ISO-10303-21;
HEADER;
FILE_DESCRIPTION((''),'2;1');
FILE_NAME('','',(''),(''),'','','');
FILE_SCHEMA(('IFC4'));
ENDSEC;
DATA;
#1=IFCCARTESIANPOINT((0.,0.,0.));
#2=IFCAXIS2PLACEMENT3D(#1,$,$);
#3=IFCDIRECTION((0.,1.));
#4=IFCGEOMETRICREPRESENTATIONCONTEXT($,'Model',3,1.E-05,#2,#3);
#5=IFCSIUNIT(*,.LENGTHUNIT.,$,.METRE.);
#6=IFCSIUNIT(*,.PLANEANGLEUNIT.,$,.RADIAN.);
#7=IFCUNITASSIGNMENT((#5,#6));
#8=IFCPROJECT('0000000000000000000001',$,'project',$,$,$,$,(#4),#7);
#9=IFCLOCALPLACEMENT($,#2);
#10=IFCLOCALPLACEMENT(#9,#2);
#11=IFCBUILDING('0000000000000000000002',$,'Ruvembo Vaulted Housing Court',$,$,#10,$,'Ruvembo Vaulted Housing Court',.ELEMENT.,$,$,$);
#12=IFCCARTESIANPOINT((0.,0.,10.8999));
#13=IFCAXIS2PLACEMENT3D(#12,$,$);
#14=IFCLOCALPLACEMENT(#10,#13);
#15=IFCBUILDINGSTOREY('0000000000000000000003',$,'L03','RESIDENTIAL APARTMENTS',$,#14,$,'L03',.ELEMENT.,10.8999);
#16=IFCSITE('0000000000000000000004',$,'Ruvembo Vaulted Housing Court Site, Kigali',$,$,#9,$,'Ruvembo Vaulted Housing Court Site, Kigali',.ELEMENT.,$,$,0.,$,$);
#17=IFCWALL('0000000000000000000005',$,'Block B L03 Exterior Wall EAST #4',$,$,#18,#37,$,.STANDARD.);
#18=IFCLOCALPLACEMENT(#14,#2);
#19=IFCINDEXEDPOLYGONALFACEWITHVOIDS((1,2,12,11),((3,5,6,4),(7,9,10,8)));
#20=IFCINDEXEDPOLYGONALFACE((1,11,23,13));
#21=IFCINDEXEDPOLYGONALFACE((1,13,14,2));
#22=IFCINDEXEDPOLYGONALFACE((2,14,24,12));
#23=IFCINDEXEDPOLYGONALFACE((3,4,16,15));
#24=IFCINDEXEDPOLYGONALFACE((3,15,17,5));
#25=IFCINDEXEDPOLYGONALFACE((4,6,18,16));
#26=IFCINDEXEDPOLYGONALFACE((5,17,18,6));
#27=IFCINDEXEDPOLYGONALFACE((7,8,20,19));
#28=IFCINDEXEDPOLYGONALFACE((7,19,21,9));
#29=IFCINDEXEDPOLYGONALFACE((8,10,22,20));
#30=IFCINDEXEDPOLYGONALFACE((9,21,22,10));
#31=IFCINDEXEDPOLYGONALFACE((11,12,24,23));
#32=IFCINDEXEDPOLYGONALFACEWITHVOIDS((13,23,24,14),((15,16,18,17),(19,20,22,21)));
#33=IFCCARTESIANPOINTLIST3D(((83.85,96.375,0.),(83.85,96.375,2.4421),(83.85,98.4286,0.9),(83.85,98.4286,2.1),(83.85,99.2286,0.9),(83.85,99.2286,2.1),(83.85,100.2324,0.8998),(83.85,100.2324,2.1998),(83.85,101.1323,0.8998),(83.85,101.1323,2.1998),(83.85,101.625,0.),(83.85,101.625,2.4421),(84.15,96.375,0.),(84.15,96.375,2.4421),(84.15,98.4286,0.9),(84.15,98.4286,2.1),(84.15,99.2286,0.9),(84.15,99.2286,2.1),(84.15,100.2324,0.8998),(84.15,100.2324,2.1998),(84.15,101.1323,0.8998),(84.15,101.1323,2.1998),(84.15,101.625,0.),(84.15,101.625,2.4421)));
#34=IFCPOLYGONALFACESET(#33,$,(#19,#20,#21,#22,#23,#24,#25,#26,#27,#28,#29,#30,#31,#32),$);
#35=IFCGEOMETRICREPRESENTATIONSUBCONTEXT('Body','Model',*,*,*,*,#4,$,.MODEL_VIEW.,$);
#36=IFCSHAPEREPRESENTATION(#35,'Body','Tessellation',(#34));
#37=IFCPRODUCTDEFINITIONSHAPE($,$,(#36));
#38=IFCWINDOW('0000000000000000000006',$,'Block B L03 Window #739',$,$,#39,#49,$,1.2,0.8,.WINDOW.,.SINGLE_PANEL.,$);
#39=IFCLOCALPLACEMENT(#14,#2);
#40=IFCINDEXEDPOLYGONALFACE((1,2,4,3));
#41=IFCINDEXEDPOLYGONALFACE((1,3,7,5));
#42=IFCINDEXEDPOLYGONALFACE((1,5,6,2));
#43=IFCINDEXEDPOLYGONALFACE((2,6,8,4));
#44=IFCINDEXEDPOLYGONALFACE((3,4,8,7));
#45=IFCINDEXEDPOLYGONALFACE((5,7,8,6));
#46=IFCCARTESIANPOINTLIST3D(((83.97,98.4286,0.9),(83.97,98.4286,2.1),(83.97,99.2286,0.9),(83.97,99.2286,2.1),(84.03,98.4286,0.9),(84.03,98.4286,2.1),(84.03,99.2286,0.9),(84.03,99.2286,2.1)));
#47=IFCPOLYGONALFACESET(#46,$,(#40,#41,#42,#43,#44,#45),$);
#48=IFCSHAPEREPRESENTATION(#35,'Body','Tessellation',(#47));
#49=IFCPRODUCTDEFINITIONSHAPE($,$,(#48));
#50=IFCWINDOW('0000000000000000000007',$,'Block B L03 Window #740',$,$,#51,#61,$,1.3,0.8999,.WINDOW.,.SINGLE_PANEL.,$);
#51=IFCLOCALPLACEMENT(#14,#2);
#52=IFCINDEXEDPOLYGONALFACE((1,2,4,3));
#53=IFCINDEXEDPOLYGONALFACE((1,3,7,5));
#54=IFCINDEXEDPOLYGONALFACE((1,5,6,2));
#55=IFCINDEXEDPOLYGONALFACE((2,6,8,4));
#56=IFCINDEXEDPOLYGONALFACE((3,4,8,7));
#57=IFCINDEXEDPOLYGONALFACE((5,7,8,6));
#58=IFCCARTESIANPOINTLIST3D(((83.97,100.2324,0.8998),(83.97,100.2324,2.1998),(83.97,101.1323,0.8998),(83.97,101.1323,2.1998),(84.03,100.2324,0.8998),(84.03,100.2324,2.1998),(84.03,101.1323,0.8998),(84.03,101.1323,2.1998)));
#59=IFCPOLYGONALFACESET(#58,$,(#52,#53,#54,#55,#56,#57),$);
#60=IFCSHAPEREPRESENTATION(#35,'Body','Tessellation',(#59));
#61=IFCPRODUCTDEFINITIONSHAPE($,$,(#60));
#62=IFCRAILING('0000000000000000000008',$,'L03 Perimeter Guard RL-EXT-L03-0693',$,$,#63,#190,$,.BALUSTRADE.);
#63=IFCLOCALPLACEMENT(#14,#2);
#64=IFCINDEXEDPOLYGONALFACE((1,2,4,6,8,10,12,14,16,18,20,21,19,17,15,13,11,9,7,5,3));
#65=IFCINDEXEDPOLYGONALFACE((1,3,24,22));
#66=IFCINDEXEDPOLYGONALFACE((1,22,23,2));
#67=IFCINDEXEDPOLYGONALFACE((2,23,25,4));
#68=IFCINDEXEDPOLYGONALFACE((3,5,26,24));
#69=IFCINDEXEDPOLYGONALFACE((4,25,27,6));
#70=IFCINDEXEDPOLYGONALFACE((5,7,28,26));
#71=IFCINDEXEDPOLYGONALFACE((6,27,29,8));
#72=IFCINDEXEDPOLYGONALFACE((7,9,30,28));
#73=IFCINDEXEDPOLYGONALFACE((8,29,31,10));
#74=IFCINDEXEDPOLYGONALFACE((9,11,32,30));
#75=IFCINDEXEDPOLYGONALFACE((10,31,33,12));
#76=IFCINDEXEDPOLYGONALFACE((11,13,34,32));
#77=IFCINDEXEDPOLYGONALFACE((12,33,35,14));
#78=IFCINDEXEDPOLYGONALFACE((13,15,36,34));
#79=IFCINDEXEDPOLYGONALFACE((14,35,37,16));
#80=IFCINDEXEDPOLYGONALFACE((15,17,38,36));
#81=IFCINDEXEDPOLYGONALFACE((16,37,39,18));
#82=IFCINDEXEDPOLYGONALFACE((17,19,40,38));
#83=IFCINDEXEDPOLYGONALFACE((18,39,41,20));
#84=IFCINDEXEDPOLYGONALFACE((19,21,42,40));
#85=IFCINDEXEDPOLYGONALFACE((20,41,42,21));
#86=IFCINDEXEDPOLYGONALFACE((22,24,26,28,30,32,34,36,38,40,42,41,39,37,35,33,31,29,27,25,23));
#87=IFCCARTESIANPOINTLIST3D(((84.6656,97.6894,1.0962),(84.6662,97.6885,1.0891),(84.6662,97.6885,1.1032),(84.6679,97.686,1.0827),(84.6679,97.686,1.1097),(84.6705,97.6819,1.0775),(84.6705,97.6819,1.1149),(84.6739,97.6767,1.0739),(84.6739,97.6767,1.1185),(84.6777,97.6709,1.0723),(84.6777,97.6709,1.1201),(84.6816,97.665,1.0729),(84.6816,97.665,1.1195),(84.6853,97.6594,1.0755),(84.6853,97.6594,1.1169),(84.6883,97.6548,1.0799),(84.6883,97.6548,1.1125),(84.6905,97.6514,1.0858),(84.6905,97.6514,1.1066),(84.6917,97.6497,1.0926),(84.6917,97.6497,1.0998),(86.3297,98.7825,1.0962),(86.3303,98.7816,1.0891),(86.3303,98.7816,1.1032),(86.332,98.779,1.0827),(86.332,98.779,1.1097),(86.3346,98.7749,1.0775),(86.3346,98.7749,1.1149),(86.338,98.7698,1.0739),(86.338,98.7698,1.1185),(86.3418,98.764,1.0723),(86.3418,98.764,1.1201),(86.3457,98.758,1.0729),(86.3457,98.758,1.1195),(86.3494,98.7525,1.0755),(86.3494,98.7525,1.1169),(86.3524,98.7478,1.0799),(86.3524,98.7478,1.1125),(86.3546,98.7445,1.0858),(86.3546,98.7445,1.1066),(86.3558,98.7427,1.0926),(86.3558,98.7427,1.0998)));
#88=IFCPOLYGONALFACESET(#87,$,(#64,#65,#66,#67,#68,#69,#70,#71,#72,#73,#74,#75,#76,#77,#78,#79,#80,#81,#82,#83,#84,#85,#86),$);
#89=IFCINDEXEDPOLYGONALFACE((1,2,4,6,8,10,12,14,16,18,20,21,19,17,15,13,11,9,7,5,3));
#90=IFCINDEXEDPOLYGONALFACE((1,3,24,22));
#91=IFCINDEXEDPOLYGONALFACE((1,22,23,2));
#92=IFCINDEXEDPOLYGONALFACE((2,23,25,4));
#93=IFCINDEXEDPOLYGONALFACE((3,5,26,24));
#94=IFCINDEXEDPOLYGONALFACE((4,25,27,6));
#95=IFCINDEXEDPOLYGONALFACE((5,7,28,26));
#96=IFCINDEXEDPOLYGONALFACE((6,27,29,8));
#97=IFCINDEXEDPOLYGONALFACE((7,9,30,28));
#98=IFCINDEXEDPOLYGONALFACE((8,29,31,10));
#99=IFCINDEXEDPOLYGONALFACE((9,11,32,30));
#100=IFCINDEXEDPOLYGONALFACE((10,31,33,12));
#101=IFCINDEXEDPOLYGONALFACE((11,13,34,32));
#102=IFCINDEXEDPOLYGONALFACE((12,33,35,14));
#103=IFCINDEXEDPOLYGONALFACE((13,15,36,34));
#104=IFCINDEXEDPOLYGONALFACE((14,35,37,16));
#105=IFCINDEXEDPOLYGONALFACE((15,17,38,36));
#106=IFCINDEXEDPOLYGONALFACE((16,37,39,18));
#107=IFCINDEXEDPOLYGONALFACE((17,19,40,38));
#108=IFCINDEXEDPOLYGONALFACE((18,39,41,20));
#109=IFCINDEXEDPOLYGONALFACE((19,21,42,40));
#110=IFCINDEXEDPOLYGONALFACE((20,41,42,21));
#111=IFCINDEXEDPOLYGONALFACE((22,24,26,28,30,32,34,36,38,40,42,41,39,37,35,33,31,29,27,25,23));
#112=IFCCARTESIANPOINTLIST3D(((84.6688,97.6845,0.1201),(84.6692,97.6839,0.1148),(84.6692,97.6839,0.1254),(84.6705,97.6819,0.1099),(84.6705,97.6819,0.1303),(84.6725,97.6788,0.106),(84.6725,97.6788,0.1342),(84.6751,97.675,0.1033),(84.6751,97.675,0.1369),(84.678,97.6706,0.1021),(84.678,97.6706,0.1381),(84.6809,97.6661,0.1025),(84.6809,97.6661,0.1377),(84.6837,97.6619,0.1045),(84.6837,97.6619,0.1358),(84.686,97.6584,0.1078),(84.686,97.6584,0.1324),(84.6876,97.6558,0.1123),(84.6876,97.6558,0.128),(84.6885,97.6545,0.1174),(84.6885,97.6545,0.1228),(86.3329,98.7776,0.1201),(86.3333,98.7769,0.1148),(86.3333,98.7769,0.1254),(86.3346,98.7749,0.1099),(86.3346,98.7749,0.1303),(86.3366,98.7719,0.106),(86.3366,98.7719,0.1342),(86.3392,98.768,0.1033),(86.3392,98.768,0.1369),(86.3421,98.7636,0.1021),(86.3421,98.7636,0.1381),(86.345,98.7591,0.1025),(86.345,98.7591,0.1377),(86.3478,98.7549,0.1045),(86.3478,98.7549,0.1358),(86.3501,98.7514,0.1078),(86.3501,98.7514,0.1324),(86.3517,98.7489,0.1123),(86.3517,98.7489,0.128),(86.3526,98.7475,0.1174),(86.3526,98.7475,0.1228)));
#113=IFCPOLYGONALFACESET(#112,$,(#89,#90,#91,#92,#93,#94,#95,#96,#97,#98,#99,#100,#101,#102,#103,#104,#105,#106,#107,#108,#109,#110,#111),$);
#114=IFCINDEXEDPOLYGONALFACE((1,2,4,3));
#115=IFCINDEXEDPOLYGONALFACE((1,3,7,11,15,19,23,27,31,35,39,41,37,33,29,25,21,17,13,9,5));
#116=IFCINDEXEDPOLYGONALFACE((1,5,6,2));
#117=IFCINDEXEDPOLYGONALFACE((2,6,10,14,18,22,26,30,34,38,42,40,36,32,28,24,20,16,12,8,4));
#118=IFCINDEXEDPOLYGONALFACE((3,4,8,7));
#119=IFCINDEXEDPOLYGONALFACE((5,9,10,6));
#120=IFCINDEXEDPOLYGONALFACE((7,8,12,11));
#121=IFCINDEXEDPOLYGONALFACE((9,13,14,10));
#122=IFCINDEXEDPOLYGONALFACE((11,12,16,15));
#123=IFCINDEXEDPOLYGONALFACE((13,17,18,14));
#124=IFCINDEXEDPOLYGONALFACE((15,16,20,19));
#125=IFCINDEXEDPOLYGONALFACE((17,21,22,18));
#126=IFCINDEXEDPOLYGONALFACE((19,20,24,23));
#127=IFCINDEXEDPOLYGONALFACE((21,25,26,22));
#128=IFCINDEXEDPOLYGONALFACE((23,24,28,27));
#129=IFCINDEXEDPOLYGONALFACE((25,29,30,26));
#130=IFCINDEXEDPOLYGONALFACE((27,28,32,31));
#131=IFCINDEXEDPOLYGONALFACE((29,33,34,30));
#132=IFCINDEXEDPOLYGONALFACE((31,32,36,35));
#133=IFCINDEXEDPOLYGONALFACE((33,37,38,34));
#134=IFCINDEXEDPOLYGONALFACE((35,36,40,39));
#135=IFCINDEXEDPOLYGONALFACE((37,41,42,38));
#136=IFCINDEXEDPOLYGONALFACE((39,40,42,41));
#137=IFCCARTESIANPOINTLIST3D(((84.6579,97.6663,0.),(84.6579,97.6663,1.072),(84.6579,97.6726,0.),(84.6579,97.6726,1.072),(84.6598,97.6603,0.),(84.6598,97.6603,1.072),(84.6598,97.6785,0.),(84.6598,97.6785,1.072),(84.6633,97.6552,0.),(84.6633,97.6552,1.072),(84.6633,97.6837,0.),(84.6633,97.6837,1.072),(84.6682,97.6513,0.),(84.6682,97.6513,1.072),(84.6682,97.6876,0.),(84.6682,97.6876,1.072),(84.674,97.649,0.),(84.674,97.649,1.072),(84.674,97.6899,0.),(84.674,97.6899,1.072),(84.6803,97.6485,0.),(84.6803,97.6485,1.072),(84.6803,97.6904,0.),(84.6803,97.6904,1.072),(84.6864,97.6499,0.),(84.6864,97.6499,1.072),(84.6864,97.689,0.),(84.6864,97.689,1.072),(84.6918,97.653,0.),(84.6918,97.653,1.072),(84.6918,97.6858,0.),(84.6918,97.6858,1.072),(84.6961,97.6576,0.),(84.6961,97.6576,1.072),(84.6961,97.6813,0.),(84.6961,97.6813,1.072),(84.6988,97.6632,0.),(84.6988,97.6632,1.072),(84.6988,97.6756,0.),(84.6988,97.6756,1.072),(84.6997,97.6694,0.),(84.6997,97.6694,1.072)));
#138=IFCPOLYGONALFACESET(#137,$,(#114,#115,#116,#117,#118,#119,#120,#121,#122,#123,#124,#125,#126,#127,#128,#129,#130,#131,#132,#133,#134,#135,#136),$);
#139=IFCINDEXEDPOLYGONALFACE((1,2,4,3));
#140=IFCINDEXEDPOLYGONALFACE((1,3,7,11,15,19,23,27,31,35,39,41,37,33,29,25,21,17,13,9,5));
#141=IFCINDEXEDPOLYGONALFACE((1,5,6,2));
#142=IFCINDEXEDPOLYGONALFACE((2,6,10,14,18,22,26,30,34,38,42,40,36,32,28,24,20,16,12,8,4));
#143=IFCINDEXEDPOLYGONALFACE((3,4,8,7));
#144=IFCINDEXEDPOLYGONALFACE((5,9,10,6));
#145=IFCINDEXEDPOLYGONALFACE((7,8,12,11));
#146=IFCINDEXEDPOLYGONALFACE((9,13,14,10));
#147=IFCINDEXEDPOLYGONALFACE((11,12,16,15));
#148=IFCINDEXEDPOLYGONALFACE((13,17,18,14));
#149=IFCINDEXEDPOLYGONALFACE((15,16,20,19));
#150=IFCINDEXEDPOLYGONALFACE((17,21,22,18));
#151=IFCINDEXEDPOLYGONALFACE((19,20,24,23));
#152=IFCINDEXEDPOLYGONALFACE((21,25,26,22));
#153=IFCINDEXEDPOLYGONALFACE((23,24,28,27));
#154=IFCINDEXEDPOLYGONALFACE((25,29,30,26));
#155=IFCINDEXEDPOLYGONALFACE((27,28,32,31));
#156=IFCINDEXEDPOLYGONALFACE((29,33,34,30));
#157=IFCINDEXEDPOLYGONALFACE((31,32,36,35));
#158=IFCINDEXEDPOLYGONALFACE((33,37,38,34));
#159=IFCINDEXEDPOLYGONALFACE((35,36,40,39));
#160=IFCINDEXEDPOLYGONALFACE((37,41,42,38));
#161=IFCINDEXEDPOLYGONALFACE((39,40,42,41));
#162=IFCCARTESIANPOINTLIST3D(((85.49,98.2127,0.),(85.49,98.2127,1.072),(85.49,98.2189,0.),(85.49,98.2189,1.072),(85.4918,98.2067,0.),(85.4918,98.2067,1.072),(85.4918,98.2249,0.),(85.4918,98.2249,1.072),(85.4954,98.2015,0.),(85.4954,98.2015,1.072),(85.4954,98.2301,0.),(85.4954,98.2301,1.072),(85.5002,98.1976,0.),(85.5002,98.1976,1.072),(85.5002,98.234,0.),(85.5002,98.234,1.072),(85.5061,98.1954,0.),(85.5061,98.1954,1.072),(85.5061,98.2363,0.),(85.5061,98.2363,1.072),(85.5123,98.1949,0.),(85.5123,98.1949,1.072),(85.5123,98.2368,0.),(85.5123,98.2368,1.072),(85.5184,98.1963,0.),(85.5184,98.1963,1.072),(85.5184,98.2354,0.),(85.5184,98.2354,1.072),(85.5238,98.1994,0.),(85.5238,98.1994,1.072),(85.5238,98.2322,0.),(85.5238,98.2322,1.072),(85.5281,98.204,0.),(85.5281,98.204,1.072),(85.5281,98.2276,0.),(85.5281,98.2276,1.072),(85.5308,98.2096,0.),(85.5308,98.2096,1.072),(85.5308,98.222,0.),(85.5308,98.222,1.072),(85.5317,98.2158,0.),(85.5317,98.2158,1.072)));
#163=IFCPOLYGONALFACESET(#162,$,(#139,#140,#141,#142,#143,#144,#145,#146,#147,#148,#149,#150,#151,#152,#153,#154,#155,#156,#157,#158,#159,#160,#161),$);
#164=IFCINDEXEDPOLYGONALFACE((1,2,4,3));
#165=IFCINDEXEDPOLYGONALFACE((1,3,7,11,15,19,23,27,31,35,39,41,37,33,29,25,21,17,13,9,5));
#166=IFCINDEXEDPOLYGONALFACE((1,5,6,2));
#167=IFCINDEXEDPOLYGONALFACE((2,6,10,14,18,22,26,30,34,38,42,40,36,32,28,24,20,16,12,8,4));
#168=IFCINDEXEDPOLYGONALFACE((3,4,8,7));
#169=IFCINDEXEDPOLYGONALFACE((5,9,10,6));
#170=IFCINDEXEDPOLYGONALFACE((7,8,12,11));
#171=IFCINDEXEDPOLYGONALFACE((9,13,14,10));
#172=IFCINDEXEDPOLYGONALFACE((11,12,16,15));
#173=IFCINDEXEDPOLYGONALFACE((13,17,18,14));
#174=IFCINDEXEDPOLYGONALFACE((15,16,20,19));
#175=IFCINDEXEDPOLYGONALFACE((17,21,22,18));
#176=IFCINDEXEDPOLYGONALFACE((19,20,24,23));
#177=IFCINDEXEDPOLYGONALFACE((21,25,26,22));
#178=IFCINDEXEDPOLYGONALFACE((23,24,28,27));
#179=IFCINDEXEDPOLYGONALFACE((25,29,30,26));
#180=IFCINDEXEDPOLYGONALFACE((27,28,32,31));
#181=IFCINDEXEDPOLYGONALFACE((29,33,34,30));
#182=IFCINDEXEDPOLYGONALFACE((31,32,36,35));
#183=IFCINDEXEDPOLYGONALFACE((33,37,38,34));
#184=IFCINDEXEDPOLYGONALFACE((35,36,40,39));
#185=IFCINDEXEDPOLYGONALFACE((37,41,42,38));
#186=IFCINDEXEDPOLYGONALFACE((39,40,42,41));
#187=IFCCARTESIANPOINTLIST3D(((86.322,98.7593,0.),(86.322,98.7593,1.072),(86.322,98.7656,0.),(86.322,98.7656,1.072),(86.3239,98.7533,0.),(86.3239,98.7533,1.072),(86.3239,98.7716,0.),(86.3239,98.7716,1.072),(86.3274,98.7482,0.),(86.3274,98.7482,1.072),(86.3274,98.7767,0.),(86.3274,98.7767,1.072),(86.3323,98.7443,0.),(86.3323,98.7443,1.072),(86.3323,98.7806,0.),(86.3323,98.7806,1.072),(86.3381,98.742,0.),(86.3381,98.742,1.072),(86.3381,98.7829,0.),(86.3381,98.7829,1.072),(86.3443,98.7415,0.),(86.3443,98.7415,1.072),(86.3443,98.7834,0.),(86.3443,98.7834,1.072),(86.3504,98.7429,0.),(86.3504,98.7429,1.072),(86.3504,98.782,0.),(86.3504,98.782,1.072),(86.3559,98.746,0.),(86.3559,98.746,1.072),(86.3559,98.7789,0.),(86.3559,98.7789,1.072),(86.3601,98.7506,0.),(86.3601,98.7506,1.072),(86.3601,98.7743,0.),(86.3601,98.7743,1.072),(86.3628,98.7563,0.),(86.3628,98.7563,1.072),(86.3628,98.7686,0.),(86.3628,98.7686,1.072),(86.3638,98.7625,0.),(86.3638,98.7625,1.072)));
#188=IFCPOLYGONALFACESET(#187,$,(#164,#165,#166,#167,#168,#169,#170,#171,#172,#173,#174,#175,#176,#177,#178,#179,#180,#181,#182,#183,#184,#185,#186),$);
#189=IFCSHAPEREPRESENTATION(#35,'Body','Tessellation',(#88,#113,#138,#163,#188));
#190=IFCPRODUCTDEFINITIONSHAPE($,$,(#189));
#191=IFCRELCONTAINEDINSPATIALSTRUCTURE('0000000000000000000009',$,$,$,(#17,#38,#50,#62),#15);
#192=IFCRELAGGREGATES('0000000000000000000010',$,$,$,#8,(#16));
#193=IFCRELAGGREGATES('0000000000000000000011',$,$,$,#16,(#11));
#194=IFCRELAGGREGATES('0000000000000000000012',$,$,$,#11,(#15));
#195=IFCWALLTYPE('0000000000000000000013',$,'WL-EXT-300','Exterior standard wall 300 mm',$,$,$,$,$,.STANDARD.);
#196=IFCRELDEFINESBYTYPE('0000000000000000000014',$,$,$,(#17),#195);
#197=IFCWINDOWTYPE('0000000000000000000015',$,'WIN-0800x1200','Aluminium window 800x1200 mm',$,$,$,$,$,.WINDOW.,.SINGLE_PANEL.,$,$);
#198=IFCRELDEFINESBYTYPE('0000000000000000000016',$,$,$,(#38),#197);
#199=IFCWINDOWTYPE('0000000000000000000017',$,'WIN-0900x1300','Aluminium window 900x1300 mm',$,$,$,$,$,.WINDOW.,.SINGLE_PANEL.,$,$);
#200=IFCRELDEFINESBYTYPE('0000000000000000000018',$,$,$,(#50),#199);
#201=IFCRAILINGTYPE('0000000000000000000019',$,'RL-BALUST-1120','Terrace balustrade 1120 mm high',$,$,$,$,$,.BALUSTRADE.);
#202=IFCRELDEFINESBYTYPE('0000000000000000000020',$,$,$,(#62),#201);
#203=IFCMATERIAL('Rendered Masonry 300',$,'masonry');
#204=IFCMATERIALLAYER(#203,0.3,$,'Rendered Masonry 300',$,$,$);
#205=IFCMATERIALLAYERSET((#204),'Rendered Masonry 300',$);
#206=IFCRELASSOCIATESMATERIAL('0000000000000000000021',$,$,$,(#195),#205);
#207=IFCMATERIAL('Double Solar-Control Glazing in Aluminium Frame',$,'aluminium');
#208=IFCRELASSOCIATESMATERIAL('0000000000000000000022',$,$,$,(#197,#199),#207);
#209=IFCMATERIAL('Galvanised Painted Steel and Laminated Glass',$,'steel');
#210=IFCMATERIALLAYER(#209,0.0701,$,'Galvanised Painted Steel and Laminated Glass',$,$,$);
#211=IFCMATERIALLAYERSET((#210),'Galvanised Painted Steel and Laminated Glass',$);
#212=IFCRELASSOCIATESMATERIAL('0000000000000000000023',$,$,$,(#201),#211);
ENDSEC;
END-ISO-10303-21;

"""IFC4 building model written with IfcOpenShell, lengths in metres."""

from ifc_helpers import new_model, si_unit, direction, frame, frame_2d, origin, origin_2d, place, context, subcontext, project, spatial, rectangle, circle, extrude, material, layer, layer_set, type_object, element, fill, save


model = new_model("IFC4")

# Units and contexts
model_context = context("Model", 3, precision=1e-05, world=origin(), true_north=direction((0.0, 1.0)))
body_context = subcontext(model_context, "Body", "Model", "MODEL_VIEW")
ifc_project = project(units=[si_unit("LENGTHUNIT", "METRE"), si_unit("PLANEANGLEUNIT", "RADIAN")], contexts=[model_context])

# Site, building, storey
site_placement = place(None, origin())
site = spatial("IfcSite", under=ifc_project, at=site_placement, Name="Ruvembo Vaulted Housing Court Site, Kigali", LongName="Ruvembo Vaulted Housing Court Site, Kigali", CompositionType="ELEMENT", RefElevation=0.0)
building_placement = place(site_placement, origin())
building = spatial("IfcBuilding", under=site, at=building_placement, Name="Ruvembo Vaulted Housing Court", LongName="Ruvembo Vaulted Housing Court", CompositionType="ELEMENT")
storey_placement = place(building_placement, frame((0.0, 0.0, 10.8999)))
storey = spatial("IfcBuildingStorey", under=building, at=storey_placement, Name="L03", Description="RESIDENTIAL APARTMENTS", LongName="L03", CompositionType="ELEMENT", Elevation=10.8999)

# Shared definitions
ifc_material_1 = material(Name="Rendered Masonry 300", Category="masonry")
ifc_layer_1 = layer(ifc_material_1, 0.3, Name="Rendered Masonry 300")
ifc_layer_set_1 = layer_set([ifc_layer_1], Name="Rendered Masonry 300")
wall_type_1 = type_object("IfcWallType", Name="WL-EXT-300", Description="Exterior standard wall 300 mm", PredefinedType="STANDARD", material=ifc_layer_set_1)

# Wall, openings, windows
wall_1_placement = place(storey_placement, frame((84.0, 96.375, 0.0), z_axis=(0.0, 0.0, 1.0), x_axis=(0.0, 1.0, 0.0)))
wall_1 = element("IfcWall", 1, at=wall_1_placement, inside=storey, type_object=wall_type_1, Name="Block B L03 Exterior Wall EAST #4", PredefinedType="STANDARD", context=body_context, shape_type="SweptSolid", body=[
    extrude(rectangle(XDim=5.25, YDim=0.3, at=frame_2d((2.625, 0.0))), origin(), (0.0, 0.0, 1.0), 2.4421),
])
opening_1_placement = place(wall_1_placement, frame((2.0537, 0.0, 0.8999)))
opening_1 = element("IfcOpeningElement", 2, at=opening_1_placement, cuts=wall_1, PredefinedType="OPENING", context=body_context, shape_type="SweptSolid", body=[
    extrude(rectangle(XDim=0.8, YDim=1.2, at=frame_2d((0.3999, 0.6001))), frame((0.0, 0.1599, 0.0), z_axis=(0.0, -1.0, 0.0), x_axis=(1.0, 0.0, 0.0)), (0.0, 0.0, 1.0), 0.3201),
])
opening_2_placement = place(wall_1_placement, frame((3.8574, 0.0, 0.8999)))
opening_2 = element("IfcOpeningElement", 3, at=opening_2_placement, cuts=wall_1, PredefinedType="OPENING", context=body_context, shape_type="SweptSolid", body=[
    extrude(rectangle(XDim=0.8999, YDim=1.3, at=frame_2d((0.45, 0.6499))), frame((0.0, 0.1599, 0.0), z_axis=(0.0, -1.0, 0.0), x_axis=(1.0, 0.0, 0.0)), (0.0, 0.0, 1.0), 0.3201),
])
ifc_material_2 = material(Name="Double Solar-Control Glazing in Aluminium Frame", Category="aluminium")
window_type_1 = type_object("IfcWindowType", Name="WIN-0800x1200", Description="Aluminium window 800x1200 mm", PartitioningType="SINGLE_PANEL", PredefinedType="WINDOW", material=ifc_material_2)
window_1_placement = place(opening_1_placement, origin())
window_1 = element("IfcWindow", 4, at=window_1_placement, inside=storey, type_object=window_type_1, Name="Block B L03 Window #739", OverallHeight=1.2, OverallWidth=0.8, PartitioningType="SINGLE_PANEL", PredefinedType="WINDOW", context=body_context, shape_type="SweptSolid", body=[
    extrude(rectangle(XDim=0.8, YDim=1.2, at=frame_2d((0.3999, 0.6001))), frame((0.0, 0.03, 0.0), z_axis=(0.0, -1.0, 0.0), x_axis=(1.0, 0.0, 0.0)), (0.0, 0.0, 1.0), 0.0601),
])
fill(opening_1, window_1)
window_type_2 = type_object("IfcWindowType", Name="WIN-0900x1300", Description="Aluminium window 900x1300 mm", PartitioningType="SINGLE_PANEL", PredefinedType="WINDOW", material=ifc_material_2)
window_2_placement = place(opening_2_placement, origin())
window_2 = element("IfcWindow", 5, at=window_2_placement, inside=storey, type_object=window_type_2, Name="Block B L03 Window #740", OverallHeight=1.3, OverallWidth=0.8999, PartitioningType="SINGLE_PANEL", PredefinedType="WINDOW", context=body_context, shape_type="SweptSolid", body=[
    extrude(rectangle(XDim=0.8999, YDim=1.3, at=frame_2d((0.45, 0.6499))), frame((0.0, 0.03, 0.0), z_axis=(0.0, -1.0, 0.0), x_axis=(1.0, 0.0, 0.0)), (0.0, 0.0, 1.0), 0.0601),
])
fill(opening_2, window_2)

# Railing
ifc_material_3 = material(Name="Galvanised Painted Steel and Laminated Glass", Category="steel")
ifc_layer_2 = layer(ifc_material_3, 0.0701, Name="Galvanised Painted Steel and Laminated Glass")
ifc_layer_set_2 = layer_set([ifc_layer_2], Name="Galvanised Painted Steel and Laminated Glass")
railing_type = type_object("IfcRailingType", Name="RL-BALUST-1120", Description="Terrace balustrade 1120 mm high", PredefinedType="BALUSTRADE", material=ifc_layer_set_2)
railing_placement = place(storey_placement, frame((84.6787, 97.6694, 0.0)))
element("IfcRailing", 6, at=railing_placement, inside=storey, type_object=railing_type, Name="L03 Perimeter Guard RL-EXT-L03-0693", PredefinedType="BALUSTRADE", context=body_context, shape_type="SweptSolid", body=[
    extrude(circle(Radius=0.0239, at=origin_2d()), frame((0.0, 0.0, 1.0962), z_axis=(0.835823, 0.548999, 0.0), x_axis=(-0.548999, 0.835823, 0.0)), (0.0, 0.0, 1.0), 1.991),
    extrude(circle(Radius=0.0181, at=origin_2d()), frame((0.0, 0.0, 0.1201), z_axis=(0.835823, 0.548999, 0.0), x_axis=(-0.548999, 0.835823, 0.0)), (0.0, 0.0, 1.0), 1.991),
    extrude(circle(Radius=0.021, at=origin_2d()), origin(), (0.0, 0.0, 1.0), 1.072),
    extrude(circle(Radius=0.021, at=origin_2d()), frame((0.832, 0.5464, 0.0)), (0.0, 0.0, 1.0), 1.072),
    extrude(circle(Radius=0.021, at=origin_2d()), frame((1.6641, 1.093, 0.0)), (0.0, 0.0, 1.0), 1.072),
])

save(model, "model.ifc")
